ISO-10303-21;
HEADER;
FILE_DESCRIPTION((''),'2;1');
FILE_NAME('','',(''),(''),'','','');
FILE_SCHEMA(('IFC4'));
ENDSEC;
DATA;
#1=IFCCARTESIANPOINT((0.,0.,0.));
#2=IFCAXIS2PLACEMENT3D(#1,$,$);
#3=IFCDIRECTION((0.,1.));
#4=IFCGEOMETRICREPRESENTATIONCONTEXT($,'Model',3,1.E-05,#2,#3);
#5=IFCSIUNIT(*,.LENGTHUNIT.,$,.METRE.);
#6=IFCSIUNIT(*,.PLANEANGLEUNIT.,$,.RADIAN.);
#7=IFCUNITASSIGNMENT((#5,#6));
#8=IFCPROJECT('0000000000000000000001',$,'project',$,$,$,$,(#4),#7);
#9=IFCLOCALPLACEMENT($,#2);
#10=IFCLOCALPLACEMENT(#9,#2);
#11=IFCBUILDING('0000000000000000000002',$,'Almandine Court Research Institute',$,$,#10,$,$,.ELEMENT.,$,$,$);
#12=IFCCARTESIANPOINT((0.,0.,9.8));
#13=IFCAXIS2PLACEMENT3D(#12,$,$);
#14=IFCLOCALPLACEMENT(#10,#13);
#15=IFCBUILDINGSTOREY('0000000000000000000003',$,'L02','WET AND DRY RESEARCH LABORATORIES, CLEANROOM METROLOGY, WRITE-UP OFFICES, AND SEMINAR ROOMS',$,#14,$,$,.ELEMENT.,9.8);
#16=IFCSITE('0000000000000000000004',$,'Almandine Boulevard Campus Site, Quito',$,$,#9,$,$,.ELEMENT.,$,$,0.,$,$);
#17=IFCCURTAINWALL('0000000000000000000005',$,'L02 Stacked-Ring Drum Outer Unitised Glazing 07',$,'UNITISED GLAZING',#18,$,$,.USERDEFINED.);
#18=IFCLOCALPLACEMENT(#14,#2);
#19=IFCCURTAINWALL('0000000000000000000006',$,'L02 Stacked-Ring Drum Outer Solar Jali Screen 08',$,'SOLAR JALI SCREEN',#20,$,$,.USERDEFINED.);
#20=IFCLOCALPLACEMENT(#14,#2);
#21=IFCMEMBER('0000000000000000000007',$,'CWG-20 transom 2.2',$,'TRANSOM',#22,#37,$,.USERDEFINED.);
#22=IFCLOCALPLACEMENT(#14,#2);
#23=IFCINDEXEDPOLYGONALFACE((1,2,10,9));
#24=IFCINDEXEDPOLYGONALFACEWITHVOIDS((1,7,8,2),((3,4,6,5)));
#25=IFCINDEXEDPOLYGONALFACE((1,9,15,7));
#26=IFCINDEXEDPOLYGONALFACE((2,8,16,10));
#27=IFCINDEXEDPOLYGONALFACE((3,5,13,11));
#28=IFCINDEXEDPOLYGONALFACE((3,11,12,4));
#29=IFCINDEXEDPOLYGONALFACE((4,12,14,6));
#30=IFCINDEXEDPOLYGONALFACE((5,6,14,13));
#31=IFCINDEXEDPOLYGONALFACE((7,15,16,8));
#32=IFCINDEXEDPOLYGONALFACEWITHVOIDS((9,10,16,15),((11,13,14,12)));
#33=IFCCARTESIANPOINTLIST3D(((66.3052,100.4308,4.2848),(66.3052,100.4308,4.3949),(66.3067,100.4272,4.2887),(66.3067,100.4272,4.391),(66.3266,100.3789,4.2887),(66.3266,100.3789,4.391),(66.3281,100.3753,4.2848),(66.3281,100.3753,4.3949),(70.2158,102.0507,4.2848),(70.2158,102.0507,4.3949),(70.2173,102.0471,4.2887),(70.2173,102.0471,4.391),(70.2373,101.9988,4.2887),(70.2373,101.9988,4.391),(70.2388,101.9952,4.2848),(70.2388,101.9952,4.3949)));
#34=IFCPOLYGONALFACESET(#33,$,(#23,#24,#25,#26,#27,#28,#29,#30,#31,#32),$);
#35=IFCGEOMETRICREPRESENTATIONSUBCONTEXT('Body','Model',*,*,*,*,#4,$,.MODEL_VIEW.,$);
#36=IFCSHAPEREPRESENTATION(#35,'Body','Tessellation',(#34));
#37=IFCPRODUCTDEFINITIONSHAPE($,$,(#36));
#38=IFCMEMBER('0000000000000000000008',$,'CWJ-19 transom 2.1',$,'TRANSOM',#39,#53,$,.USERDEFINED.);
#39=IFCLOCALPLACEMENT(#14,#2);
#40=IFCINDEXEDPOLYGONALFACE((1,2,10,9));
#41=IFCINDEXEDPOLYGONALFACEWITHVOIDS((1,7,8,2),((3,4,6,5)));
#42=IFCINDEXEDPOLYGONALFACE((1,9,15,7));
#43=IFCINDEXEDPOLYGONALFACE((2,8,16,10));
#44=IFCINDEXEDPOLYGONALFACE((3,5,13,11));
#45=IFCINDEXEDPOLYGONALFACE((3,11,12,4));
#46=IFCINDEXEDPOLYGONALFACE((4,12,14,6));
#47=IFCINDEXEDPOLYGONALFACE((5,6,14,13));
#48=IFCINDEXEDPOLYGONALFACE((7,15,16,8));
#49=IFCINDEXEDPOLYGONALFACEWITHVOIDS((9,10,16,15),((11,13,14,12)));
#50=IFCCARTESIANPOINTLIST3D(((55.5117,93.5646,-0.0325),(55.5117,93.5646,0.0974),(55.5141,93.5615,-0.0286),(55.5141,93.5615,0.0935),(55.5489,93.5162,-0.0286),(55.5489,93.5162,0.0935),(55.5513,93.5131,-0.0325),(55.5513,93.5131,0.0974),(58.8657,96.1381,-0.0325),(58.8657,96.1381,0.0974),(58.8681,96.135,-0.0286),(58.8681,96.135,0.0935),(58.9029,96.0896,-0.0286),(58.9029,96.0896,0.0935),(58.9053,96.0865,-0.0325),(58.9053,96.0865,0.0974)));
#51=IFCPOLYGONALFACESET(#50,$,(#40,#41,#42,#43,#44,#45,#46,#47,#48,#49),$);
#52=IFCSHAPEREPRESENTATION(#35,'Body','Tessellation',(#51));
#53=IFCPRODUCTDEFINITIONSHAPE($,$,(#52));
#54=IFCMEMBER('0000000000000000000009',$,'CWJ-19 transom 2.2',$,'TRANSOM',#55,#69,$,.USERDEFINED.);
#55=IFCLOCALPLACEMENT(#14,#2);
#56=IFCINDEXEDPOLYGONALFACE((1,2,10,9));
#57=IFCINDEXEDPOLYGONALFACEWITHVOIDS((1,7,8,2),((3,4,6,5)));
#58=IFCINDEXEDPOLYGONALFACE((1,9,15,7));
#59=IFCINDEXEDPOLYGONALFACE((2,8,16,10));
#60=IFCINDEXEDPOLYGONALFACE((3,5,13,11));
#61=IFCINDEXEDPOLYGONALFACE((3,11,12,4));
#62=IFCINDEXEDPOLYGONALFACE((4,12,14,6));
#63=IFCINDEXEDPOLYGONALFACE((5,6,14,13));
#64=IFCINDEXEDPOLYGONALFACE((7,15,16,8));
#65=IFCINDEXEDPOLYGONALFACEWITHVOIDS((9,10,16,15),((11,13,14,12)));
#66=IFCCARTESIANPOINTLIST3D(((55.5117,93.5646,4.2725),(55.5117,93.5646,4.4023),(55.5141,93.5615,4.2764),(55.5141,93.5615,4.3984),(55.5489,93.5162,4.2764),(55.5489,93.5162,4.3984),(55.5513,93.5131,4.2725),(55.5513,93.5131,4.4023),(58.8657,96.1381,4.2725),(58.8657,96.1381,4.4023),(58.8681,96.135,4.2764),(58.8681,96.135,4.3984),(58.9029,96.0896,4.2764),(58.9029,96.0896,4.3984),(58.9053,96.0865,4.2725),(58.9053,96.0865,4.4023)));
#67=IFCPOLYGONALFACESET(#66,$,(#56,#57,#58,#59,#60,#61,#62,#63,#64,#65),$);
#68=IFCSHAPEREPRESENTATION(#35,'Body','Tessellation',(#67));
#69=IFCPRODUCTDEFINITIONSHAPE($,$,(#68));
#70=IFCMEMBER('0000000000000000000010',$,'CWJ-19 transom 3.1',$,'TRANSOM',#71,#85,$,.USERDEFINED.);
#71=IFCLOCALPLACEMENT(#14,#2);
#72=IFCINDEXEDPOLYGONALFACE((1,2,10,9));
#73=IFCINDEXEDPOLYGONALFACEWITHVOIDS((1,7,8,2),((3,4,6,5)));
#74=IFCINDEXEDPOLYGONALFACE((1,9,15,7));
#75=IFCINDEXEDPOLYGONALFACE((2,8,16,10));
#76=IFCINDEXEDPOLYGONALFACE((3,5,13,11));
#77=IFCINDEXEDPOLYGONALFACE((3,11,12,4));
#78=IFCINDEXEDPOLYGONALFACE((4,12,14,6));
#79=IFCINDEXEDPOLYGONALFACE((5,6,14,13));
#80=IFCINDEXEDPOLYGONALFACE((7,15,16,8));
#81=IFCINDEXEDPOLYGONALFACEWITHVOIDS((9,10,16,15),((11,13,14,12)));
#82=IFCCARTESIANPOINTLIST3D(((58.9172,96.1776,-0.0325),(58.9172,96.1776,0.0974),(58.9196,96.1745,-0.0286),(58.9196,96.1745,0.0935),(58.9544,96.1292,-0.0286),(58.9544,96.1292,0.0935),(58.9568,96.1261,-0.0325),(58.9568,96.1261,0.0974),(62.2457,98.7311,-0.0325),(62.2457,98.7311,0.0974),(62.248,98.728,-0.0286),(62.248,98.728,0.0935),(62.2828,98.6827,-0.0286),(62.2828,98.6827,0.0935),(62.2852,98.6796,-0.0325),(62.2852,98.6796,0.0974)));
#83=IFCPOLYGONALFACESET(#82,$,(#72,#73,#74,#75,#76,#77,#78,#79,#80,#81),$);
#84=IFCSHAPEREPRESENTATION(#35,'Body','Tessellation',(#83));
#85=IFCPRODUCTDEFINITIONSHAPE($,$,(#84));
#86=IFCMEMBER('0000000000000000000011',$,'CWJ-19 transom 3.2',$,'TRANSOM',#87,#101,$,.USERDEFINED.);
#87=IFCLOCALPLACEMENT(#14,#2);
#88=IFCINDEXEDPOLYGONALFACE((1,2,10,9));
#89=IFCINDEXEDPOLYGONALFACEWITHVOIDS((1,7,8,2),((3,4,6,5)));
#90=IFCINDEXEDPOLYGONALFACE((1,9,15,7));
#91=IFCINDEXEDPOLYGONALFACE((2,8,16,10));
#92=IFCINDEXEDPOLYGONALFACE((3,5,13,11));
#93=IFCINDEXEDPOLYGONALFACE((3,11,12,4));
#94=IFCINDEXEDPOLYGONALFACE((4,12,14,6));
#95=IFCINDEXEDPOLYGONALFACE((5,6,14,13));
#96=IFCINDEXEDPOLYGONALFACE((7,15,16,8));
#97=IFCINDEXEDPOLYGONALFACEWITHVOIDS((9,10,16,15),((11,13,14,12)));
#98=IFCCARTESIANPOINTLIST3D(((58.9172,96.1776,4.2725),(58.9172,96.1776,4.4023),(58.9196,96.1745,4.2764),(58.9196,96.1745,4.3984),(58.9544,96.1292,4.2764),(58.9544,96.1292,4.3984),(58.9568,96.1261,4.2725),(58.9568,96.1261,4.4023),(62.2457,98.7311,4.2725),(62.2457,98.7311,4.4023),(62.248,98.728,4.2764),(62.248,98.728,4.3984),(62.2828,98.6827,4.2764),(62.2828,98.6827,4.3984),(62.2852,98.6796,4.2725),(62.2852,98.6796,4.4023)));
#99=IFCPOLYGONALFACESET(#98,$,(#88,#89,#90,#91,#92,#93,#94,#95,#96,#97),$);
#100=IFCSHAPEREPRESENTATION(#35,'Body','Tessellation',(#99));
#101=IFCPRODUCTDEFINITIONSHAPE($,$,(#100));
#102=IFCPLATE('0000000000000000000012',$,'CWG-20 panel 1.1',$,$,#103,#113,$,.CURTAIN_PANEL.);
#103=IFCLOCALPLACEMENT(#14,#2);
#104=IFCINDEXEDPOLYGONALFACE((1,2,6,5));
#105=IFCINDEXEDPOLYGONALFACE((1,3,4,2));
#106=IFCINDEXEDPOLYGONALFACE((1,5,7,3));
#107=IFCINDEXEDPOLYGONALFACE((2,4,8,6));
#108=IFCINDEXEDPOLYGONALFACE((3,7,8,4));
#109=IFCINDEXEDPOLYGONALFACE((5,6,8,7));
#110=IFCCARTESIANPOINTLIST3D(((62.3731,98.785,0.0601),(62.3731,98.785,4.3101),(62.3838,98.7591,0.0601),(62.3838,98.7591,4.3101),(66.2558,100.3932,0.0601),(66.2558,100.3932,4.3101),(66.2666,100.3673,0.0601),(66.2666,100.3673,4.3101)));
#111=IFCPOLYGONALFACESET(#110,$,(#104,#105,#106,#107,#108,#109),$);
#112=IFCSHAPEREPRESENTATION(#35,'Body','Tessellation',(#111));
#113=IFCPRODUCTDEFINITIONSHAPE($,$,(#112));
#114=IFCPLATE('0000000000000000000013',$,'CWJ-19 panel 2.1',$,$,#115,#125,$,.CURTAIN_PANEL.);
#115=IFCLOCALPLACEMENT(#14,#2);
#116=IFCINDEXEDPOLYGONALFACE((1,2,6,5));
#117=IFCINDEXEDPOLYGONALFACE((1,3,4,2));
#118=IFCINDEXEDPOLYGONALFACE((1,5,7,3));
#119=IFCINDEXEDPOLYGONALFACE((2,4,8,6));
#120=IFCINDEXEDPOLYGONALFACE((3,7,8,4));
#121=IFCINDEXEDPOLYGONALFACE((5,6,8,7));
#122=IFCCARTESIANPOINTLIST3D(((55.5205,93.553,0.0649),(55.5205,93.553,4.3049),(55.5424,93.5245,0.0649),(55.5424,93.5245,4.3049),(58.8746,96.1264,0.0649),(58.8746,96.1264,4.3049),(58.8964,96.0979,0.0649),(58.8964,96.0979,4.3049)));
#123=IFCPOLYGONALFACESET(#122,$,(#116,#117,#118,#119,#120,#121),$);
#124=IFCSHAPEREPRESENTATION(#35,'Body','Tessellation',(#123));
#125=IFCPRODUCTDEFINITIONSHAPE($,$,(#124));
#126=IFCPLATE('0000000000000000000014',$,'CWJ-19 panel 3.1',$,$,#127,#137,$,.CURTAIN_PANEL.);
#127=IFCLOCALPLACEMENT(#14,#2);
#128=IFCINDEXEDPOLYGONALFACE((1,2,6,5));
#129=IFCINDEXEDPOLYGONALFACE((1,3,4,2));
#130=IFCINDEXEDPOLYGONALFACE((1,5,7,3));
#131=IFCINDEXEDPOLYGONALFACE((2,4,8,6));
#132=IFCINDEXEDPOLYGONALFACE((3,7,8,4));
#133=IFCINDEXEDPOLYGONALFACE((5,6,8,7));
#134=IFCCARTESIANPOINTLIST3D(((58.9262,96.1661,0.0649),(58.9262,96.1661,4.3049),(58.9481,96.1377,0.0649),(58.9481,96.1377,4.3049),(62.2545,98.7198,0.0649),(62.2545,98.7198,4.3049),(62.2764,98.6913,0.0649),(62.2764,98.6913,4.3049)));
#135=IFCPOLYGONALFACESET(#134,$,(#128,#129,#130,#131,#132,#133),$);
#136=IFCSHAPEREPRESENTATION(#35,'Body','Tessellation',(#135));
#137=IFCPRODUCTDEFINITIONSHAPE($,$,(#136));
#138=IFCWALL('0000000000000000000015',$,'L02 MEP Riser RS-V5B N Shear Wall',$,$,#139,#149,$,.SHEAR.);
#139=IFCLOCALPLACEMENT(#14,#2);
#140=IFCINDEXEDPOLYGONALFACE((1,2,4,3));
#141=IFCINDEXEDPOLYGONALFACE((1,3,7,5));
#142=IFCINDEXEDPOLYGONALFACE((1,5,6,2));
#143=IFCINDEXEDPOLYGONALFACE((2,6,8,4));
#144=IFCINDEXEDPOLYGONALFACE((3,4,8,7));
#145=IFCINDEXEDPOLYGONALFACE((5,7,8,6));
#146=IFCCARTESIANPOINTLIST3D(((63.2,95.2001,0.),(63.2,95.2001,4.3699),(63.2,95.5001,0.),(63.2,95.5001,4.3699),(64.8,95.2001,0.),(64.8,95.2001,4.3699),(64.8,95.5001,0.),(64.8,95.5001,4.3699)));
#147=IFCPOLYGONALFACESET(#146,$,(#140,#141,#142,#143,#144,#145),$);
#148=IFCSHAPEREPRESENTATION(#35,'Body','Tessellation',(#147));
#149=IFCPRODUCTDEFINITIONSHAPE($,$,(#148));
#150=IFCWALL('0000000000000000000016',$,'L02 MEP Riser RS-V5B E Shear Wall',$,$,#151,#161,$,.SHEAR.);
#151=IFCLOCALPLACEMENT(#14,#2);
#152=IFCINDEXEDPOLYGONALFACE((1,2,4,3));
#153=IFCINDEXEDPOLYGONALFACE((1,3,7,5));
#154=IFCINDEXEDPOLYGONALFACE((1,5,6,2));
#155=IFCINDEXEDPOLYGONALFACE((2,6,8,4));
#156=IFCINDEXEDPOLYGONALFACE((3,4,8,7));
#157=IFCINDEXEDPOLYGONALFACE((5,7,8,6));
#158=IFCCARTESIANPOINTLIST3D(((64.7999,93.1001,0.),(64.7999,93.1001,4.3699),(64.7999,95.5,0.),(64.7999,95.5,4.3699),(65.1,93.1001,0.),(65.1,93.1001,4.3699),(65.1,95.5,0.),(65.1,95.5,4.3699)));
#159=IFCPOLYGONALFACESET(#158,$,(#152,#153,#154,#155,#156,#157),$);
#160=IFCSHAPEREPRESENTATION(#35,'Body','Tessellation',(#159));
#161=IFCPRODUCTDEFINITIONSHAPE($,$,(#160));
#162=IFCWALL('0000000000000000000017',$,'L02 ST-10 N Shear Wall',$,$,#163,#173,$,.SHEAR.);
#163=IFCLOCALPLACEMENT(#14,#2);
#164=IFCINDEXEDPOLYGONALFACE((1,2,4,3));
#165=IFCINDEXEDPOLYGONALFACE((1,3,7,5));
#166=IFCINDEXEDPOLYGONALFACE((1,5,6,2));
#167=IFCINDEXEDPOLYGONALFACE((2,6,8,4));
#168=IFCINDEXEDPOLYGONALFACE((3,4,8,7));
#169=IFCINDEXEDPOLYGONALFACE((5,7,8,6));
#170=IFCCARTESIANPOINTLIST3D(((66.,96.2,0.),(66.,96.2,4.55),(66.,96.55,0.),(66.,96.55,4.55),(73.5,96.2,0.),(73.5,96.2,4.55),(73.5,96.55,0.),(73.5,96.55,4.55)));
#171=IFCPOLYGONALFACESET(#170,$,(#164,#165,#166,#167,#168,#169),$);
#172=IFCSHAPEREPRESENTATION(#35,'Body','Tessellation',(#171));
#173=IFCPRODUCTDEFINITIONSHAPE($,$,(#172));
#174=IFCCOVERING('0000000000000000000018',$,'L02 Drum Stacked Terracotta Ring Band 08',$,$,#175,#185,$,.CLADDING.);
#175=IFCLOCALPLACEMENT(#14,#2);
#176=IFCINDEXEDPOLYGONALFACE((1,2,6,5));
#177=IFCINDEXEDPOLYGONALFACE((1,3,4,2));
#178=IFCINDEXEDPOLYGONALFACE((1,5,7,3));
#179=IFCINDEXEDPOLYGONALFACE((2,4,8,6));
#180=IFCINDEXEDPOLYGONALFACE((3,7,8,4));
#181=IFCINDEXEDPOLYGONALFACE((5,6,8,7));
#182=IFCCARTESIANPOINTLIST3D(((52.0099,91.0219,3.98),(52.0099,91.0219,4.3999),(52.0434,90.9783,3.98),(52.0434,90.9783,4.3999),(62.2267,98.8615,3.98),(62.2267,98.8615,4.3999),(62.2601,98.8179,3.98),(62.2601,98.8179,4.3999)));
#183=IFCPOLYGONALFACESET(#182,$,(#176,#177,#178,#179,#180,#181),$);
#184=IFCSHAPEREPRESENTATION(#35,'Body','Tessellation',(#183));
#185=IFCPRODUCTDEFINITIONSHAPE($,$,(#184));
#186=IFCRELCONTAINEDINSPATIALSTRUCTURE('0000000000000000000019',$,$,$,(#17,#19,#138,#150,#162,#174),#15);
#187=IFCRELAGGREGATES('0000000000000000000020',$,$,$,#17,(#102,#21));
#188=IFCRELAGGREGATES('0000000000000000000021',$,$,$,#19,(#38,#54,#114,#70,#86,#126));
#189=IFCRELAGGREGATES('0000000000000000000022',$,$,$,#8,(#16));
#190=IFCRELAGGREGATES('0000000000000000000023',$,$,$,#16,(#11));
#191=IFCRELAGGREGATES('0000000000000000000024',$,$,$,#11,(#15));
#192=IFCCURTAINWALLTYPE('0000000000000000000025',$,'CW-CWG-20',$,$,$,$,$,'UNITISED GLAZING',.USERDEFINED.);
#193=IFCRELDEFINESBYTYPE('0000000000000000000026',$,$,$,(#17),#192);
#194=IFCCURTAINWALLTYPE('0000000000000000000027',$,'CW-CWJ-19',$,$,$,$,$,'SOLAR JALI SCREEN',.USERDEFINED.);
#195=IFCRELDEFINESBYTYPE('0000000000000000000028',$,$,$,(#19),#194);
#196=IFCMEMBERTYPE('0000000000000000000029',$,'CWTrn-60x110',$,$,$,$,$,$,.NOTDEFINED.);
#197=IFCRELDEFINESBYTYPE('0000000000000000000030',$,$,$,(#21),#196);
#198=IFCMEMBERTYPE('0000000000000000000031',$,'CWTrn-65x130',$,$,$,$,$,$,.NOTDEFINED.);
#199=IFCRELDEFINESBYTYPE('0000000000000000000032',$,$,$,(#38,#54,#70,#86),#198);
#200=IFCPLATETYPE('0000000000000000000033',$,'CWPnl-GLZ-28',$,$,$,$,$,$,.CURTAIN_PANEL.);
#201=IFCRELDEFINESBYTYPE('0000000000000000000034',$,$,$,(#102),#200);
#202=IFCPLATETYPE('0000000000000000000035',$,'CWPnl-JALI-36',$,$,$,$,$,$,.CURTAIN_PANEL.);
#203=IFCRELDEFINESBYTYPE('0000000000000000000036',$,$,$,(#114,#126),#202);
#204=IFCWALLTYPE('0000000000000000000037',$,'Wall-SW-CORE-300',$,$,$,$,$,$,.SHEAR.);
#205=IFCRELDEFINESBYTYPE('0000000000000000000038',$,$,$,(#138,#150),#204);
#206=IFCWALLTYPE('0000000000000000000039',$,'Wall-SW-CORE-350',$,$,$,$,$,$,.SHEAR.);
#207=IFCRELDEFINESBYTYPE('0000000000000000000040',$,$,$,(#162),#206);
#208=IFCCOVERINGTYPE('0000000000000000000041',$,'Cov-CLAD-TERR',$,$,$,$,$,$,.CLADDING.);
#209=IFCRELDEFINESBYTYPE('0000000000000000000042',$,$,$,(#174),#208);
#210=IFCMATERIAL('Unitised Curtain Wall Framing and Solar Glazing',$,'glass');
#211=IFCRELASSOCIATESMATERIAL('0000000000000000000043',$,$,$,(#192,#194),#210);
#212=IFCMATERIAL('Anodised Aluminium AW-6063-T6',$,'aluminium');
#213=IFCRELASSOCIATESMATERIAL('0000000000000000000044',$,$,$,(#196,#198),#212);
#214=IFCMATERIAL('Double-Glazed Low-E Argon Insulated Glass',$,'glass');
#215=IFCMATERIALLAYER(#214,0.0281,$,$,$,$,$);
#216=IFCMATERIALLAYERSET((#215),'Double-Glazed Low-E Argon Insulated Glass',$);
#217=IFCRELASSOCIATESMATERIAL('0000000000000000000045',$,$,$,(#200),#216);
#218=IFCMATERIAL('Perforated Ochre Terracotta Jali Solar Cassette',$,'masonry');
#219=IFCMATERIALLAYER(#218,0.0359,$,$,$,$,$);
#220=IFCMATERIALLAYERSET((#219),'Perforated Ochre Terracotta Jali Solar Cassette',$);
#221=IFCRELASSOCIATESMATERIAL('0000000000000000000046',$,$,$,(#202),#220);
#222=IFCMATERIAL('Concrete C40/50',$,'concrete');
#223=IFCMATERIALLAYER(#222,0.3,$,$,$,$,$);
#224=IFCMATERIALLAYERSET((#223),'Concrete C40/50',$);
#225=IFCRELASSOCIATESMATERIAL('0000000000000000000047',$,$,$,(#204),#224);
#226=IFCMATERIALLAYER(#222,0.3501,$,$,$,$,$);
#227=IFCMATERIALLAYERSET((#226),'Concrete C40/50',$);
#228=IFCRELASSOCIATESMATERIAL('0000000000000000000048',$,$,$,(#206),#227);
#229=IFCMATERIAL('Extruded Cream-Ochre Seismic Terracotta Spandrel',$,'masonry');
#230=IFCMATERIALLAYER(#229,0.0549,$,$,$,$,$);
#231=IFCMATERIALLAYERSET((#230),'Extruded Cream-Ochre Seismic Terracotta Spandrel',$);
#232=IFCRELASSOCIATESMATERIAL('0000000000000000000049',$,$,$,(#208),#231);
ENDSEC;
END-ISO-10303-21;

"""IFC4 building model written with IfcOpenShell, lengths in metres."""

from ifc_helpers import new_model, si_unit, direction, frame, frame_2d, origin, origin_2d, place, context, subcontext, project, spatial, rectangle, hollow_rectangle, extrude, material, layer, layer_set, material_profile, profile_set, type_object, element, aggregate, save


model = new_model("IFC4")

# Units and contexts
model_context = context("Model", 3, precision=1e-05, world=origin(), true_north=direction((0.0, 1.0)))
body_context = subcontext(model_context, "Body", "Model", "MODEL_VIEW")
ifc_project = project(units=[si_unit("LENGTHUNIT", "METRE"), si_unit("PLANEANGLEUNIT", "RADIAN")], contexts=[model_context])

# Site, building, storey
site_placement = place(None, origin())
site = spatial("IfcSite", under=ifc_project, at=site_placement, Name="Almandine Boulevard Campus Site, Quito", CompositionType="ELEMENT", RefElevation=0.0)
building_placement = place(site_placement, origin())
building = spatial("IfcBuilding", under=site, at=building_placement, Name="Almandine Court Research Institute", CompositionType="ELEMENT")
storey_placement = place(building_placement, frame((0.0, 0.0, 9.8)))
storey = spatial("IfcBuildingStorey", under=building, at=storey_placement, Name="L02", Description="WET AND DRY RESEARCH LABORATORIES, CLEANROOM METROLOGY, WRITE-UP OFFICES, AND SEMINAR ROOMS", CompositionType="ELEMENT", Elevation=9.8)

# Curtain walls
ifc_material_1 = material(Name="Unitised Curtain Wall Framing and Solar Glazing", Category="glass")
curtain_wall_type_1 = type_object("IfcCurtainWallType", Name="CW-CWG-20", ElementType="UNITISED GLAZING", PredefinedType="USERDEFINED", material=ifc_material_1)
curtain_wall_1_placement = place(storey_placement, origin())
curtain_wall_1 = element("IfcCurtainWall", 1, at=curtain_wall_1_placement, inside=storey, type_object=curtain_wall_type_1, Name="L02 Stacked-Ring Drum Outer Unitised Glazing 07", ObjectType="UNITISED GLAZING", PredefinedType="USERDEFINED")
ifc_material_2 = material(Name="Anodised Aluminium AW-6063-T6", Category="aluminium")
curtain_wall_type_2 = type_object("IfcCurtainWallType", Name="CW-CWJ-19", ElementType="SOLAR JALI SCREEN", PredefinedType="USERDEFINED", material=ifc_material_1)
curtain_wall_2_placement = place(storey_placement, origin())
curtain_wall_2 = element("IfcCurtainWall", 2, at=curtain_wall_2_placement, inside=storey, type_object=curtain_wall_type_2, Name="L02 Stacked-Ring Drum Outer Solar Jali Screen 08", ObjectType="SOLAR JALI SCREEN", PredefinedType="USERDEFINED")

# Members
ifc_material_profile_1 = material_profile(ifc_material_2, hollow_rectangle(XDim=0.0601, YDim=0.1101, WallThickness=0.0039, at=origin_2d()), Name="ALU RHS 60x110x4")
ifc_profile_set_1 = profile_set([ifc_material_profile_1], Name="Anodised Aluminium AW-6063-T6")
member_type_1 = type_object("IfcMemberType", Name="CWTrn-60x110", PredefinedType="NOTDEFINED", material=ifc_profile_set_1)
member_1_placement = place(storey_placement, frame((66.3167, 100.4031, 4.3398), z_axis=(0.923877, 0.38269, 0.0), x_axis=(-0.38269, 0.923877, 0.0)))
member_1 = element("IfcMember", 3, at=member_1_placement, type_object=member_type_1, Name="CWG-20 transom 2.2", ObjectType="TRANSOM", PredefinedType="USERDEFINED", context=body_context, shape_type="SweptSolid", body=[
    extrude(hollow_rectangle(XDim=0.0601, YDim=0.1101, WallThickness=0.0039, at=origin_2d()), origin(), (0.0, 0.0, 1.0), 4.2329),
])
ifc_material_profile_2 = material_profile(ifc_material_2, hollow_rectangle(XDim=0.0649, YDim=0.1299, WallThickness=0.0039, at=origin_2d()), Name="ALU RHS 65x130x4")
ifc_profile_set_2 = profile_set([ifc_material_profile_2], Name="Anodised Aluminium AW-6063-T6")
member_type_2 = type_object("IfcMemberType", Name="CWTrn-65x130", PredefinedType="NOTDEFINED", material=ifc_profile_set_2)
member_2_placement = place(storey_placement, frame((55.5315, 93.5388, 0.0325), z_axis=(0.793368, 0.608742, 0.0), x_axis=(-0.608742, 0.793368, 0.0)))
member_2 = element("IfcMember", 4, at=member_2_placement, type_object=member_type_2, Name="CWJ-19 transom 2.1", ObjectType="TRANSOM", PredefinedType="USERDEFINED", context=body_context, shape_type="SweptSolid", body=[
    extrude(hollow_rectangle(XDim=0.0649, YDim=0.1299, WallThickness=0.0039, at=origin_2d()), origin(), (0.0, 0.0, 1.0), 4.2275),
])
member_3_placement = place(storey_placement, frame((55.5315, 93.5388, 4.3374), z_axis=(0.793368, 0.608742, 0.0), x_axis=(-0.608742, 0.793368, 0.0)))
member_3 = element("IfcMember", 5, at=member_3_placement, type_object=member_type_2, Name="CWJ-19 transom 2.2", ObjectType="TRANSOM", PredefinedType="USERDEFINED", context=body_context, shape_type="SweptSolid", body=[
    extrude(hollow_rectangle(XDim=0.0649, YDim=0.1299, WallThickness=0.0039, at=origin_2d()), origin(), (0.0, 0.0, 1.0), 4.2275),
])
member_4_placement = place(storey_placement, frame((58.937, 96.1519, 0.0325), z_axis=(0.793409, 0.608689, 0.0), x_axis=(-0.608689, 0.793409, 0.0)))
member_4 = element("IfcMember", 6, at=member_4_placement, type_object=member_type_2, Name="CWJ-19 transom 3.1", ObjectType="TRANSOM", PredefinedType="USERDEFINED", context=body_context, shape_type="SweptSolid", body=[
    extrude(hollow_rectangle(XDim=0.0649, YDim=0.1299, WallThickness=0.0039, at=origin_2d()), origin(), (0.0, 0.0, 1.0), 4.1951),
])
member_5_placement = place(storey_placement, frame((58.937, 96.1519, 4.3374), z_axis=(0.793409, 0.608689, 0.0), x_axis=(-0.608689, 0.793409, 0.0)))
member_5 = element("IfcMember", 7, at=member_5_placement, type_object=member_type_2, Name="CWJ-19 transom 3.2", ObjectType="TRANSOM", PredefinedType="USERDEFINED", context=body_context, shape_type="SweptSolid", body=[
    extrude(hollow_rectangle(XDim=0.0649, YDim=0.1299, WallThickness=0.0039, at=origin_2d()), origin(), (0.0, 0.0, 1.0), 4.1951),
])

# Plates
ifc_material_3 = material(Name="Double-Glazed Low-E Argon Insulated Glass", Category="glass")
ifc_layer_1 = layer(ifc_material_3, 0.0281)
ifc_layer_set_1 = layer_set([ifc_layer_1], Name="Double-Glazed Low-E Argon Insulated Glass")
plate_type_1 = type_object("IfcPlateType", Name="CWPnl-GLZ-28", PredefinedType="CURTAIN_PANEL", material=ifc_layer_set_1)
plate_1_placement = place(storey_placement, frame((64.3198, 99.5762, 0.0601), z_axis=(0.0, 0.0, 1.0), x_axis=(0.923888, 0.382663, 0.0)))
plate_1 = element("IfcPlate", 8, at=plate_1_placement, type_object=plate_type_1, Name="CWG-20 panel 1.1", PredefinedType="CURTAIN_PANEL", context=body_context, shape_type="SweptSolid", body=[
    extrude(rectangle(XDim=4.2026, YDim=0.0281, at=origin_2d()), origin(), (0.0, 0.0, 1.0), 4.25),
])
aggregate(curtain_wall_1, [plate_1, member_1])
ifc_material_4 = material(Name="Perforated Ochre Terracotta Jali Solar Cassette", Category="masonry")
ifc_layer_2 = layer(ifc_material_4, 0.0359)
ifc_layer_set_2 = layer_set([ifc_layer_2], Name="Perforated Ochre Terracotta Jali Solar Cassette")
plate_type_2 = type_object("IfcPlateType", Name="CWPnl-JALI-36", PredefinedType="CURTAIN_PANEL", material=ifc_layer_set_2)
plate_2_placement = place(storey_placement, frame((57.2085, 94.8254, 0.0649), z_axis=(0.0, 0.0, 1.0), x_axis=(0.793383, 0.608723, 0.0)))
plate_2 = element("IfcPlate", 9, at=plate_2_placement, type_object=plate_type_2, Name="CWJ-19 panel 2.1", PredefinedType="CURTAIN_PANEL", context=body_context, shape_type="SweptSolid", body=[
    extrude(rectangle(XDim=4.2275, YDim=0.0359, at=origin_2d()), origin(), (0.0, 0.0, 1.0), 4.24),
])
plate_3_placement = place(storey_placement, frame((60.6013, 97.4287, 0.0649), z_axis=(0.0, 0.0, 1.0), x_axis=(0.793383, 0.608723, 0.0)))
plate_3 = element("IfcPlate", 10, at=plate_3_placement, type_object=plate_type_2, Name="CWJ-19 panel 3.1", PredefinedType="CURTAIN_PANEL", context=body_context, shape_type="SweptSolid", body=[
    extrude(rectangle(XDim=4.1951, YDim=0.0359, at=origin_2d()), origin(), (0.0, 0.0, 1.0), 4.24),
])
aggregate(curtain_wall_2, [member_2, member_3, plate_2, member_4, member_5, plate_3])

# Walls
ifc_material_5 = material(Name="Concrete C40/50", Category="concrete")
ifc_layer_3 = layer(ifc_material_5, 0.3)
ifc_layer_set_3 = layer_set([ifc_layer_3], Name="Concrete C40/50")
wall_type_1 = type_object("IfcWallType", Name="Wall-SW-CORE-300", PredefinedType="SHEAR", material=ifc_layer_set_3)
wall_1_placement = place(storey_placement, frame((63.2, 95.3501, 0.0), z_axis=(0.0, 0.0, 1.0), x_axis=(1.0, 0.0, 0.0)))
element("IfcWall", 11, at=wall_1_placement, inside=storey, type_object=wall_type_1, Name="L02 MEP Riser RS-V5B N Shear Wall", PredefinedType="SHEAR", context=body_context, shape_type="SweptSolid", body=[
    extrude(rectangle(XDim=1.6001, YDim=0.3, at=frame_2d((0.8, 0.0))), origin(), (0.0, 0.0, 1.0), 4.3699),
])
wall_2_placement = place(storey_placement, frame((64.95, 95.5, 0.0), z_axis=(0.0, 0.0, 1.0), x_axis=(0.0, -1.0, 0.0)))
element("IfcWall", 12, at=wall_2_placement, inside=storey, type_object=wall_type_1, Name="L02 MEP Riser RS-V5B E Shear Wall", PredefinedType="SHEAR", context=body_context, shape_type="SweptSolid", body=[
    extrude(rectangle(XDim=2.3999, YDim=0.3, at=frame_2d((1.2, 0.0))), origin(), (0.0, 0.0, 1.0), 4.3699),
])
ifc_layer_4 = layer(ifc_material_5, 0.3501)
ifc_layer_set_4 = layer_set([ifc_layer_4], Name="Concrete C40/50")
wall_type_2 = type_object("IfcWallType", Name="Wall-SW-CORE-350", PredefinedType="SHEAR", material=ifc_layer_set_4)
wall_3_placement = place(storey_placement, frame((66.0, 96.375, 0.0), z_axis=(0.0, 0.0, 1.0), x_axis=(1.0, 0.0, 0.0)))
element("IfcWall", 13, at=wall_3_placement, inside=storey, type_object=wall_type_2, Name="L02 ST-10 N Shear Wall", PredefinedType="SHEAR", context=body_context, shape_type="SweptSolid", body=[
    extrude(rectangle(XDim=7.5, YDim=0.3501, at=frame_2d((3.75, 0.0))), origin(), (0.0, 0.0, 1.0), 4.55),
])

# Covering
ifc_material_6 = material(Name="Extruded Cream-Ochre Seismic Terracotta Spandrel", Category="masonry")
ifc_layer_5 = layer(ifc_material_6, 0.0549)
ifc_layer_set_5 = layer_set([ifc_layer_5], Name="Extruded Cream-Ochre Seismic Terracotta Spandrel")
covering_type = type_object("IfcCoveringType", Name="Cov-CLAD-TERR", PredefinedType="CLADDING", material=ifc_layer_set_5)
covering_placement = place(storey_placement, frame((57.135, 94.9199, 3.98), z_axis=(0.0, 0.0, 1.0), x_axis=(0.793353, 0.608761, 0.0)))
element("IfcCovering", 14, at=covering_placement, inside=storey, type_object=covering_type, Name="L02 Drum Stacked Terracotta Ring Band 08", PredefinedType="CLADDING", context=body_context, shape_type="SweptSolid", body=[
    extrude(rectangle(XDim=12.8779, YDim=0.0549, at=origin_2d()), origin(), (0.0, 0.0, 1.0), 0.4199),
])

save(model, "model.ifc")
